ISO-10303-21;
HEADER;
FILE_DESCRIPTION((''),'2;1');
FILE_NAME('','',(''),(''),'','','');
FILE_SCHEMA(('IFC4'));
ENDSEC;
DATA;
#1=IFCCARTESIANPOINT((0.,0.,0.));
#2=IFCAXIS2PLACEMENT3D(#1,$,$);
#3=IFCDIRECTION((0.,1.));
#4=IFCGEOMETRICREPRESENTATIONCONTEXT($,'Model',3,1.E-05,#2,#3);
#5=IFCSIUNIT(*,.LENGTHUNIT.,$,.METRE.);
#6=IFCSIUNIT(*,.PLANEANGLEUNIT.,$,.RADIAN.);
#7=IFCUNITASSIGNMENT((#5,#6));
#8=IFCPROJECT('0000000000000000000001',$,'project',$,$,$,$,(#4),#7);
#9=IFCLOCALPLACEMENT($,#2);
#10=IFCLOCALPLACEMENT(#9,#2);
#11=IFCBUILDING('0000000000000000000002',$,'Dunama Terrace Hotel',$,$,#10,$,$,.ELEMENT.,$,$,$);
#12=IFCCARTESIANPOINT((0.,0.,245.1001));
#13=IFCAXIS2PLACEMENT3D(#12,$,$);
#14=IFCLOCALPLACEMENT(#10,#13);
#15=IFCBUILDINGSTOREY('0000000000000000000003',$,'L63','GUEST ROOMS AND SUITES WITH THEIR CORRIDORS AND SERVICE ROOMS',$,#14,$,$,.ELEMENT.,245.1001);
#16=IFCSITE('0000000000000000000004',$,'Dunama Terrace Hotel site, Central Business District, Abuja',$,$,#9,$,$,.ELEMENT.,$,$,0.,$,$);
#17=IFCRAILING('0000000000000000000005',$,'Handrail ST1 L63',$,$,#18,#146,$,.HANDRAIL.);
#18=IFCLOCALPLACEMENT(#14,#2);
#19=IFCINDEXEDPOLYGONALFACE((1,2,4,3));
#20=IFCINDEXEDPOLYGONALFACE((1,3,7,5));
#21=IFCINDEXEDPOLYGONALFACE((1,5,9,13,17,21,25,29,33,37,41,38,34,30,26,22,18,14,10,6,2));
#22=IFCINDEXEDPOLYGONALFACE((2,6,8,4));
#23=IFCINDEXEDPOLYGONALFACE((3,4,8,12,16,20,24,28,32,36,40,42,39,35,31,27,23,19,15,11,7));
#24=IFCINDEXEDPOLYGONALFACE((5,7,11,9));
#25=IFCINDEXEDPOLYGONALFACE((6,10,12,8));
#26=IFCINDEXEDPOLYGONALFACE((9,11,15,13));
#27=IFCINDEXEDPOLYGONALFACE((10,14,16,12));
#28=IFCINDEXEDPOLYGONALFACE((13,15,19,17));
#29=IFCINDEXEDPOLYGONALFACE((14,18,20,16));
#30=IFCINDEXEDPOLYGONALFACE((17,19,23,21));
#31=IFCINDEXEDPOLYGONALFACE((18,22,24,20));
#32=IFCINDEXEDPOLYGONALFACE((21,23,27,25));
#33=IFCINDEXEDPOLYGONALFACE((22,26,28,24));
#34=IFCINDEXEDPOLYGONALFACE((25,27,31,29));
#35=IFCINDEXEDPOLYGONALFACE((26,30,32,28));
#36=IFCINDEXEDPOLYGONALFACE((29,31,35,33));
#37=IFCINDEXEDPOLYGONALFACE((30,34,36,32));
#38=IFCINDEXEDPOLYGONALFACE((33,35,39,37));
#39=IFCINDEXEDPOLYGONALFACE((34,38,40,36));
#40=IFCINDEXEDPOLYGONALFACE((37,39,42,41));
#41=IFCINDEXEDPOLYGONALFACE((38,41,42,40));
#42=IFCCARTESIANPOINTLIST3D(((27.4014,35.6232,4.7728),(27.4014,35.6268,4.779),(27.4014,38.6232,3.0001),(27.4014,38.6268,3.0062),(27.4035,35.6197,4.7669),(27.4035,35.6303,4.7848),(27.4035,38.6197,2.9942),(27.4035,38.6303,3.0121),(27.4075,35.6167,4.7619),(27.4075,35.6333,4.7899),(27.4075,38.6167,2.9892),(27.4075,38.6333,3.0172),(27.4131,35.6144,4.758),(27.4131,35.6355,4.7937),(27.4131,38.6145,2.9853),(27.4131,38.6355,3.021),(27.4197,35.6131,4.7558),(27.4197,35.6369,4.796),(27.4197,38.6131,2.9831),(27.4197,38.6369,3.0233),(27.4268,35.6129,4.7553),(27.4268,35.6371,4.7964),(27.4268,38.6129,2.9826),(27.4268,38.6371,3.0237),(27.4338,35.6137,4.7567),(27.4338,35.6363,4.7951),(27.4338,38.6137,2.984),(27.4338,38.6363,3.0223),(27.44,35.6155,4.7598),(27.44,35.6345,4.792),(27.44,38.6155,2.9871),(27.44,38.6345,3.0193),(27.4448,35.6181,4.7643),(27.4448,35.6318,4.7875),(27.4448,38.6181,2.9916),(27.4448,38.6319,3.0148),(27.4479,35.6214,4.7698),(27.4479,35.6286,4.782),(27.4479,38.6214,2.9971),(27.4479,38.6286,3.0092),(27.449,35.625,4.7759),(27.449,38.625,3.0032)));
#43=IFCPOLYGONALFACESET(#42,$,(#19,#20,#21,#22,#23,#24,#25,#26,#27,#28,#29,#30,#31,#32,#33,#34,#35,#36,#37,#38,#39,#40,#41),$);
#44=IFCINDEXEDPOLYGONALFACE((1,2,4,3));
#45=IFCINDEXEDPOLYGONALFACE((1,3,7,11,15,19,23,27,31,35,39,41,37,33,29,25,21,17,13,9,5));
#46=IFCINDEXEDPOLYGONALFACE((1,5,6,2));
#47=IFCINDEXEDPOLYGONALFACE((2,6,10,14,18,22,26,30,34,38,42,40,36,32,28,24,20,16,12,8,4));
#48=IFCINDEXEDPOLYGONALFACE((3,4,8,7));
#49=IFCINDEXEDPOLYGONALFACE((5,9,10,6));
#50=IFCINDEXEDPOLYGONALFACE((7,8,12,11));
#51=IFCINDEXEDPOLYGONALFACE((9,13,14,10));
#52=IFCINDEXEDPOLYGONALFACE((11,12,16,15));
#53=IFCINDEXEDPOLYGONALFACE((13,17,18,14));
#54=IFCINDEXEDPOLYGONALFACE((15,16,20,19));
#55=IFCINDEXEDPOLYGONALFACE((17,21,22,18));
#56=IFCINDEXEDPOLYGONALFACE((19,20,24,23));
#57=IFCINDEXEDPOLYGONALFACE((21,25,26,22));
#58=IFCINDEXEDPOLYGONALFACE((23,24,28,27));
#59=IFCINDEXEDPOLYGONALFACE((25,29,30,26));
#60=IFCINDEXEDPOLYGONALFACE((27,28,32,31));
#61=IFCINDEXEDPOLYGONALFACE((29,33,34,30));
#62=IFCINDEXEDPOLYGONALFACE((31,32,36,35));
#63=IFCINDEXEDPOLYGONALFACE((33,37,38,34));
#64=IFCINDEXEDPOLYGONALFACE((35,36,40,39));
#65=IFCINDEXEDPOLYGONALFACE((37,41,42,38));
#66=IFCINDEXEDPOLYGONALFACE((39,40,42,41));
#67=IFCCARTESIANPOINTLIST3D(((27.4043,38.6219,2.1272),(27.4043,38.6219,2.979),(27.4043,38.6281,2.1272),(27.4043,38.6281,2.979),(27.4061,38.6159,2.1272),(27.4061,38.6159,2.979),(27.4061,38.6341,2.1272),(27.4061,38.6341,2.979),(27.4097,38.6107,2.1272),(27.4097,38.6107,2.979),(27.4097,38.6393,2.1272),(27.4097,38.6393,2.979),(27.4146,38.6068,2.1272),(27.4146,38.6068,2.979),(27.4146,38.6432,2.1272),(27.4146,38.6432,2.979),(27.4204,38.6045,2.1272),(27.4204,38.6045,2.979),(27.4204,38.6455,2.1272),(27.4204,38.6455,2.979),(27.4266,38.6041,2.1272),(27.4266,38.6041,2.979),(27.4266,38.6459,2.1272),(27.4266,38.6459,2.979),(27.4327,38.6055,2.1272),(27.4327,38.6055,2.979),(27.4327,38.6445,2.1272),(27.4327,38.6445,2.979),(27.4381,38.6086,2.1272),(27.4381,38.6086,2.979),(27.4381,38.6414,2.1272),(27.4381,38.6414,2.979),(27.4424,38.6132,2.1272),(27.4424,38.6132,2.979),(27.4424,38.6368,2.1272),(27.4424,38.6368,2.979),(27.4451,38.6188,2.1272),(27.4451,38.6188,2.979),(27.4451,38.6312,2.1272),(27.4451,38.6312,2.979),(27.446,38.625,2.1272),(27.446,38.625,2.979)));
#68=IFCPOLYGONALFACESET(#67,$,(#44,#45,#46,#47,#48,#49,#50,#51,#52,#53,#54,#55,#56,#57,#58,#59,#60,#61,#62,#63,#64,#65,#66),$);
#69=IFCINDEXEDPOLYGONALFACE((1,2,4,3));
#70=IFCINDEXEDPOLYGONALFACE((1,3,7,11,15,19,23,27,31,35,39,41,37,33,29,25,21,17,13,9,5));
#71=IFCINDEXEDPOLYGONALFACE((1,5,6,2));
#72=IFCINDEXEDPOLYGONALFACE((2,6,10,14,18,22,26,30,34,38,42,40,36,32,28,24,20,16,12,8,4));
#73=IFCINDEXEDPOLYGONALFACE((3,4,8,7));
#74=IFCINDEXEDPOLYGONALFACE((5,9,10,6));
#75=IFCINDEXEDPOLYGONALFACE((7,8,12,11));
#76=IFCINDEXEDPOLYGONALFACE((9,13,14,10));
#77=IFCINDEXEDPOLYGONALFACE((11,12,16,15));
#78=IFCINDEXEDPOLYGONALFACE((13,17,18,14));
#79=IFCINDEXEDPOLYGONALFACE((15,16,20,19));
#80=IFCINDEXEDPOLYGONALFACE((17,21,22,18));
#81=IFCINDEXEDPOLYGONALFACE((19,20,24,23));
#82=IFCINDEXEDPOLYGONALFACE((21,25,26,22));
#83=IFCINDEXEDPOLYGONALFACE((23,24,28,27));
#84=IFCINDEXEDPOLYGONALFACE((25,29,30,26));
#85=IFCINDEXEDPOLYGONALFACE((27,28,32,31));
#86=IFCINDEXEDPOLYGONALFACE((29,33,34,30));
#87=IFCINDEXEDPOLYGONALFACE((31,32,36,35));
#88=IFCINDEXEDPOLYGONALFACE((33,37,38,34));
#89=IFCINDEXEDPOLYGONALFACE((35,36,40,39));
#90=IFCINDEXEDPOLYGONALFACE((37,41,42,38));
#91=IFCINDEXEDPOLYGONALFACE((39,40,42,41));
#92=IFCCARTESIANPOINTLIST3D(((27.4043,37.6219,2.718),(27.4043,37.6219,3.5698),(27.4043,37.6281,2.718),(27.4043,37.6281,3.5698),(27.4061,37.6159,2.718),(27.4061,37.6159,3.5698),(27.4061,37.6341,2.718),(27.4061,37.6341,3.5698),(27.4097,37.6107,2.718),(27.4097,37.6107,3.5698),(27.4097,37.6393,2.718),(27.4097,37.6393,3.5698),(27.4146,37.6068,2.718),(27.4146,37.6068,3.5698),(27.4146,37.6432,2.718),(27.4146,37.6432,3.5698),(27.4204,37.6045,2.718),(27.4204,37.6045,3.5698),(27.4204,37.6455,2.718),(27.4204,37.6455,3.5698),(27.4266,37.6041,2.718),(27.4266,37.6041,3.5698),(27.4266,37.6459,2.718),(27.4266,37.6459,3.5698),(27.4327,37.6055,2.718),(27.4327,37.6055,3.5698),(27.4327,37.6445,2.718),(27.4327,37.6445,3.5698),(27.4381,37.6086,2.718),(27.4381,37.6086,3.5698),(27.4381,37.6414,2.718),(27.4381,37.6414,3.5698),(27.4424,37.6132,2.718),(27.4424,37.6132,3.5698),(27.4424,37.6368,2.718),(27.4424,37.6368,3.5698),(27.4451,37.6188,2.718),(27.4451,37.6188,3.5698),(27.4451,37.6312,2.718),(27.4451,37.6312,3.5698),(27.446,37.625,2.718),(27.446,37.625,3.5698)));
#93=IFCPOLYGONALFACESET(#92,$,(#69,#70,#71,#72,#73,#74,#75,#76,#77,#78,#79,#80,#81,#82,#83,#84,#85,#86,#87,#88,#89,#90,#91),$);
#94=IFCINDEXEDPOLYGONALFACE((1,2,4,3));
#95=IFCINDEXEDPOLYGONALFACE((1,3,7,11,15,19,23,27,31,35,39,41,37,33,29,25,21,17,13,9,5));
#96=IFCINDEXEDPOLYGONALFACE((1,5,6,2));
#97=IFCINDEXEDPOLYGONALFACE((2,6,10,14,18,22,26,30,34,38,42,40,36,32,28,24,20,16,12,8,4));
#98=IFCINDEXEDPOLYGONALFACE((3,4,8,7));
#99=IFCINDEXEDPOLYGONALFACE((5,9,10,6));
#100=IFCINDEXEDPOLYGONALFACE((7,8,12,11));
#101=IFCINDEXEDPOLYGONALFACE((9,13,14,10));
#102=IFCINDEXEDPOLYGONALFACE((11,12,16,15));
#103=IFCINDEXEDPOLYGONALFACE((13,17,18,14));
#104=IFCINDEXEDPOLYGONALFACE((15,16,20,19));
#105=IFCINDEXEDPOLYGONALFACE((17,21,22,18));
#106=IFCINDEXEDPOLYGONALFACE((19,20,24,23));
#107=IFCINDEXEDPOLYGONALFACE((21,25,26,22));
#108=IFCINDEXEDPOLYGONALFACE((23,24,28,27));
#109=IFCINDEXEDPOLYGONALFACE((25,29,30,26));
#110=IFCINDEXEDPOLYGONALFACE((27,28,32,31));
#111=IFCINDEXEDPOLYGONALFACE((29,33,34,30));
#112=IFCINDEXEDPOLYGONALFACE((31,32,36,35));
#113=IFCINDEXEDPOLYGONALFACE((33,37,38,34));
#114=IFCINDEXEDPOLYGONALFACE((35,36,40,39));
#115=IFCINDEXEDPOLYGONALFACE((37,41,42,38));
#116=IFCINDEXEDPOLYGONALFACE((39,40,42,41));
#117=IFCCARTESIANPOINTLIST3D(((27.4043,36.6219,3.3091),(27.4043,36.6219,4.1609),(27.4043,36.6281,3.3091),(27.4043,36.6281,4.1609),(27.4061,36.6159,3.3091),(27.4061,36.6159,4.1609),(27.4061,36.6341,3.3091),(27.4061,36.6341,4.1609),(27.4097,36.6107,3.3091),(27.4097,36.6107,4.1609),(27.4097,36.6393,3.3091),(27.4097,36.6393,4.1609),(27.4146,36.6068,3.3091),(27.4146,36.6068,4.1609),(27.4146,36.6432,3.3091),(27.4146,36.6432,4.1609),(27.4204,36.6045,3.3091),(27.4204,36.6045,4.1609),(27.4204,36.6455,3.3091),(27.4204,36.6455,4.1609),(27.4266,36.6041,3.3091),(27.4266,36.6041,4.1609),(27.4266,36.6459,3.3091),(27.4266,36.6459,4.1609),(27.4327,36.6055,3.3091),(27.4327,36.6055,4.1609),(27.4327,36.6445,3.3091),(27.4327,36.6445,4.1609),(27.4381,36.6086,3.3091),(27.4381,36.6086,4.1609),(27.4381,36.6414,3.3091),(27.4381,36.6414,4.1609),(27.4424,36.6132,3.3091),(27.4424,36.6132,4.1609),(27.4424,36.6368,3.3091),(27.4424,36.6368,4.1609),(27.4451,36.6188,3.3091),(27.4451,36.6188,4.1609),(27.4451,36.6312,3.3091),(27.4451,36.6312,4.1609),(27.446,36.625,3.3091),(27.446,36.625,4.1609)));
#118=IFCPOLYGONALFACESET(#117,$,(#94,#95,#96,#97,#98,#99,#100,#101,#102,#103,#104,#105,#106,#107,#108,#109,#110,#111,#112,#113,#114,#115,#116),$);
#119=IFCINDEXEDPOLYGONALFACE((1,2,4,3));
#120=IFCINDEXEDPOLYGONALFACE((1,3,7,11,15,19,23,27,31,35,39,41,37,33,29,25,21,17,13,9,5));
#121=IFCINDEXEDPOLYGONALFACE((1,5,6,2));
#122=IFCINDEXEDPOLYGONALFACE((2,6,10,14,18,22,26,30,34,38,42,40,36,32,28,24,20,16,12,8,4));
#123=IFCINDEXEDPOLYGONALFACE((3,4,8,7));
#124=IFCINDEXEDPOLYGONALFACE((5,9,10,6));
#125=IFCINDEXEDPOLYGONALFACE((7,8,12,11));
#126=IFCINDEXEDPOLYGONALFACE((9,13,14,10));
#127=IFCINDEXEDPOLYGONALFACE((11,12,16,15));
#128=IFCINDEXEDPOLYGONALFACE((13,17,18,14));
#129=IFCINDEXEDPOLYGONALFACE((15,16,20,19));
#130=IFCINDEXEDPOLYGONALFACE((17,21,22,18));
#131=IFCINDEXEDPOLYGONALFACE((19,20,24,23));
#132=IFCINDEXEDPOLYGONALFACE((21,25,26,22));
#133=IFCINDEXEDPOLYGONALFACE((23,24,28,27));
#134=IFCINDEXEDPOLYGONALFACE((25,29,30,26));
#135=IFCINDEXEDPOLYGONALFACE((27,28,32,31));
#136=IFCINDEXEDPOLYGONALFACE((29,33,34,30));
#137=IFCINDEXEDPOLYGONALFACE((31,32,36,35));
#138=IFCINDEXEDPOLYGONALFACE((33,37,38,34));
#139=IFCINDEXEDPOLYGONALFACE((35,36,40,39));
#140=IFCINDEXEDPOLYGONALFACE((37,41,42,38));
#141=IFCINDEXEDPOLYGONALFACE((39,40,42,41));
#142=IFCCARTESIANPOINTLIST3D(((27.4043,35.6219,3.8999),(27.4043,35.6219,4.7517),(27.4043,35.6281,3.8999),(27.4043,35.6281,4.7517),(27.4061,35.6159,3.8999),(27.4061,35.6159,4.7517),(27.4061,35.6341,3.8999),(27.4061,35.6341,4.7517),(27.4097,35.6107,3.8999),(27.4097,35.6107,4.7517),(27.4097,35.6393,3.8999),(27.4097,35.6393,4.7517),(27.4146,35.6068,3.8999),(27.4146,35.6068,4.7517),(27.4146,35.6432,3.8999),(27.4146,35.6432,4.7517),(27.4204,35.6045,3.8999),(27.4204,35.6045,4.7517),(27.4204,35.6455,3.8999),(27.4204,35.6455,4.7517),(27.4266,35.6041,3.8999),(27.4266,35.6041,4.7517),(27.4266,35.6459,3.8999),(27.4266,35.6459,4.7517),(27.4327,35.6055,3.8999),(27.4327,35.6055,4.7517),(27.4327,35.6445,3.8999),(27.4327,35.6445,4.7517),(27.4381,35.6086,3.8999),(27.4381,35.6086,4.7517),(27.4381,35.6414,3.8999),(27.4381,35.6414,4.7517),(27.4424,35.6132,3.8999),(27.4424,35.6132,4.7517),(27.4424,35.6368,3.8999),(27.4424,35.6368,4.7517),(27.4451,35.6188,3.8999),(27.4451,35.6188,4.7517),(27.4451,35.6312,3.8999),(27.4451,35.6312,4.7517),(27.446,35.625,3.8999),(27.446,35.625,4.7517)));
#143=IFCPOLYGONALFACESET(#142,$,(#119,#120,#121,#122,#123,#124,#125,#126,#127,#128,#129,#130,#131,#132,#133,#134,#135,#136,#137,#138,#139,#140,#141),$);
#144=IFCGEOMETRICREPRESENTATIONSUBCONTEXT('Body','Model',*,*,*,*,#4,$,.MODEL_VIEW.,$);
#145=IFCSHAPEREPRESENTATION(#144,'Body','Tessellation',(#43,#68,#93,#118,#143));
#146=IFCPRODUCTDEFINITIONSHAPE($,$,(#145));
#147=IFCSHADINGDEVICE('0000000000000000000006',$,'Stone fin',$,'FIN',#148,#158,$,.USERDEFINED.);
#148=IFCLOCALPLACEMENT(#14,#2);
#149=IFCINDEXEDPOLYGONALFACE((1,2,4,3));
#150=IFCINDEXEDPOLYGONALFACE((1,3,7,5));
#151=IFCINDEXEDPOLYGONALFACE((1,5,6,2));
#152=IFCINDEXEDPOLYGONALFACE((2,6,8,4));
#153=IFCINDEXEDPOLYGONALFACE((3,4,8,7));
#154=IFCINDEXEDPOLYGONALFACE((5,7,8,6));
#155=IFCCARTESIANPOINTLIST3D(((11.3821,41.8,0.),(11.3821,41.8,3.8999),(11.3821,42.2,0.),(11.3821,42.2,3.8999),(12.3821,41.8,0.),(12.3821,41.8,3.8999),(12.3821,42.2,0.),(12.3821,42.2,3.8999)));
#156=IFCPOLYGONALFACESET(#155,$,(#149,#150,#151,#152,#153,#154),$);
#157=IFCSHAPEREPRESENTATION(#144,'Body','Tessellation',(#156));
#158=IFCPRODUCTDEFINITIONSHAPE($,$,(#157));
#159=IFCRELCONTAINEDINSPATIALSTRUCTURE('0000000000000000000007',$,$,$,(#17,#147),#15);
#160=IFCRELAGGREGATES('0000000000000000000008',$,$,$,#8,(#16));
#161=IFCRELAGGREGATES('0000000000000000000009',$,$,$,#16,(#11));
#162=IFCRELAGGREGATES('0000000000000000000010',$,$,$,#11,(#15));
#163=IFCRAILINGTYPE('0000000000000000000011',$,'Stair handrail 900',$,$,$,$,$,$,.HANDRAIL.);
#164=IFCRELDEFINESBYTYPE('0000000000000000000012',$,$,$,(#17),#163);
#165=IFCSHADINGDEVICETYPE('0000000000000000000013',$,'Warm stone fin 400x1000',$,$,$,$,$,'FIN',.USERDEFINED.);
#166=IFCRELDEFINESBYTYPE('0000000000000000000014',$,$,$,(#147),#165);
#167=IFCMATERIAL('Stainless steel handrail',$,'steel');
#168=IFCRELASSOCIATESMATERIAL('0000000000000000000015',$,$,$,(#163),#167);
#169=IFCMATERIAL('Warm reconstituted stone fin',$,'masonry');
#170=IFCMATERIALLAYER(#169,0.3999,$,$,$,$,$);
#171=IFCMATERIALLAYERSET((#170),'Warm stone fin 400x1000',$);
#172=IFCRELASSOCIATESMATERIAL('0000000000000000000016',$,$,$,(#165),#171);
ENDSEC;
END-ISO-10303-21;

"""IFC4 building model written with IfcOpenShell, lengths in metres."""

from ifc_helpers import new_model, si_unit, direction, frame, origin, origin_2d, place, context, subcontext, project, spatial, rectangle, circle, extrude, material, layer, layer_set, type_object, element, save


model = new_model("IFC4")

# Units and contexts
model_context = context("Model", 3, precision=1e-05, world=origin(), true_north=direction((0.0, 1.0)))
body_context = subcontext(model_context, "Body", "Model", "MODEL_VIEW")
ifc_project = project(units=[si_unit("LENGTHUNIT", "METRE"), si_unit("PLANEANGLEUNIT", "RADIAN")], contexts=[model_context])

# Site, building, storey
site_placement = place(None, origin())
site = spatial("IfcSite", under=ifc_project, at=site_placement, Name="Dunama Terrace Hotel site, Central Business District, Abuja", CompositionType="ELEMENT", RefElevation=0.0)
building_placement = place(site_placement, origin())
building = spatial("IfcBuilding", under=site, at=building_placement, Name="Dunama Terrace Hotel", CompositionType="ELEMENT")
storey_placement = place(building_placement, frame((0.0, 0.0, 245.1001)))
storey = spatial("IfcBuildingStorey", under=building, at=storey_placement, Name="L63", Description="GUEST ROOMS AND SUITES WITH THEIR CORRIDORS AND SERVICE ROOMS", CompositionType="ELEMENT", Elevation=245.1001)

# Railing
ifc_material_1 = material(Name="Stainless steel handrail", Category="steel")
railing_type = type_object("IfcRailingType", Name="Stair handrail 900", PredefinedType="HANDRAIL", material=ifc_material_1)
railing_1_placement = place(storey_placement, frame((27.425, 38.625, 2.1272)))
element("IfcRailing", 1, at=railing_1_placement, inside=storey, type_object=railing_type, Name="Handrail ST1 L63", PredefinedType="HANDRAIL", context=body_context, shape_type="SweptSolid", body=[
    extrude(circle(Radius=0.0239, at=origin_2d()), frame((0.0, 0.0, 0.876), z_axis=(0.0, -0.860929, 0.508725), x_axis=(1.0, 0.0, 0.0)), (0.0, 0.0, 1.0), 3.4846),
    extrude(circle(Radius=0.021, at=origin_2d()), origin(), (0.0, 0.0, 1.0), 0.8518),
    extrude(circle(Radius=0.021, at=origin_2d()), frame((0.0, -1.0, 0.5908)), (0.0, 0.0, 1.0), 0.8518),
    extrude(circle(Radius=0.021, at=origin_2d()), frame((0.0, -2.0, 1.1819)), (0.0, 0.0, 1.0), 0.8518),
    extrude(circle(Radius=0.021, at=origin_2d()), frame((0.0, -3.0, 1.7727)), (0.0, 0.0, 1.0), 0.8518),
])

# Shading device
ifc_material_2 = material(Name="Warm reconstituted stone fin", Category="masonry")
ifc_layer_1 = layer(ifc_material_2, 0.3999)
ifc_layer_set_1 = layer_set([ifc_layer_1], Name="Warm stone fin 400x1000")
shading_device_type = type_object("IfcShadingDeviceType", Name="Warm stone fin 400x1000", ElementType="FIN", PredefinedType="USERDEFINED", material=ifc_layer_set_1)
shading_device_placement = place(storey_placement, frame((11.8821, 42.0, 0.0), z_axis=(0.0, 0.0, 1.0), x_axis=(0.0, -1.0, 0.0)))
element("IfcShadingDevice", 2, at=shading_device_placement, inside=storey, type_object=shading_device_type, Name="Stone fin", ObjectType="FIN", PredefinedType="USERDEFINED", context=body_context, shape_type="SweptSolid", body=[
    extrude(rectangle(XDim=0.3999, YDim=1.0, at=origin_2d()), origin(), (0.0, 0.0, 1.0), 3.8999),
])

save(model, "model.ifc")
